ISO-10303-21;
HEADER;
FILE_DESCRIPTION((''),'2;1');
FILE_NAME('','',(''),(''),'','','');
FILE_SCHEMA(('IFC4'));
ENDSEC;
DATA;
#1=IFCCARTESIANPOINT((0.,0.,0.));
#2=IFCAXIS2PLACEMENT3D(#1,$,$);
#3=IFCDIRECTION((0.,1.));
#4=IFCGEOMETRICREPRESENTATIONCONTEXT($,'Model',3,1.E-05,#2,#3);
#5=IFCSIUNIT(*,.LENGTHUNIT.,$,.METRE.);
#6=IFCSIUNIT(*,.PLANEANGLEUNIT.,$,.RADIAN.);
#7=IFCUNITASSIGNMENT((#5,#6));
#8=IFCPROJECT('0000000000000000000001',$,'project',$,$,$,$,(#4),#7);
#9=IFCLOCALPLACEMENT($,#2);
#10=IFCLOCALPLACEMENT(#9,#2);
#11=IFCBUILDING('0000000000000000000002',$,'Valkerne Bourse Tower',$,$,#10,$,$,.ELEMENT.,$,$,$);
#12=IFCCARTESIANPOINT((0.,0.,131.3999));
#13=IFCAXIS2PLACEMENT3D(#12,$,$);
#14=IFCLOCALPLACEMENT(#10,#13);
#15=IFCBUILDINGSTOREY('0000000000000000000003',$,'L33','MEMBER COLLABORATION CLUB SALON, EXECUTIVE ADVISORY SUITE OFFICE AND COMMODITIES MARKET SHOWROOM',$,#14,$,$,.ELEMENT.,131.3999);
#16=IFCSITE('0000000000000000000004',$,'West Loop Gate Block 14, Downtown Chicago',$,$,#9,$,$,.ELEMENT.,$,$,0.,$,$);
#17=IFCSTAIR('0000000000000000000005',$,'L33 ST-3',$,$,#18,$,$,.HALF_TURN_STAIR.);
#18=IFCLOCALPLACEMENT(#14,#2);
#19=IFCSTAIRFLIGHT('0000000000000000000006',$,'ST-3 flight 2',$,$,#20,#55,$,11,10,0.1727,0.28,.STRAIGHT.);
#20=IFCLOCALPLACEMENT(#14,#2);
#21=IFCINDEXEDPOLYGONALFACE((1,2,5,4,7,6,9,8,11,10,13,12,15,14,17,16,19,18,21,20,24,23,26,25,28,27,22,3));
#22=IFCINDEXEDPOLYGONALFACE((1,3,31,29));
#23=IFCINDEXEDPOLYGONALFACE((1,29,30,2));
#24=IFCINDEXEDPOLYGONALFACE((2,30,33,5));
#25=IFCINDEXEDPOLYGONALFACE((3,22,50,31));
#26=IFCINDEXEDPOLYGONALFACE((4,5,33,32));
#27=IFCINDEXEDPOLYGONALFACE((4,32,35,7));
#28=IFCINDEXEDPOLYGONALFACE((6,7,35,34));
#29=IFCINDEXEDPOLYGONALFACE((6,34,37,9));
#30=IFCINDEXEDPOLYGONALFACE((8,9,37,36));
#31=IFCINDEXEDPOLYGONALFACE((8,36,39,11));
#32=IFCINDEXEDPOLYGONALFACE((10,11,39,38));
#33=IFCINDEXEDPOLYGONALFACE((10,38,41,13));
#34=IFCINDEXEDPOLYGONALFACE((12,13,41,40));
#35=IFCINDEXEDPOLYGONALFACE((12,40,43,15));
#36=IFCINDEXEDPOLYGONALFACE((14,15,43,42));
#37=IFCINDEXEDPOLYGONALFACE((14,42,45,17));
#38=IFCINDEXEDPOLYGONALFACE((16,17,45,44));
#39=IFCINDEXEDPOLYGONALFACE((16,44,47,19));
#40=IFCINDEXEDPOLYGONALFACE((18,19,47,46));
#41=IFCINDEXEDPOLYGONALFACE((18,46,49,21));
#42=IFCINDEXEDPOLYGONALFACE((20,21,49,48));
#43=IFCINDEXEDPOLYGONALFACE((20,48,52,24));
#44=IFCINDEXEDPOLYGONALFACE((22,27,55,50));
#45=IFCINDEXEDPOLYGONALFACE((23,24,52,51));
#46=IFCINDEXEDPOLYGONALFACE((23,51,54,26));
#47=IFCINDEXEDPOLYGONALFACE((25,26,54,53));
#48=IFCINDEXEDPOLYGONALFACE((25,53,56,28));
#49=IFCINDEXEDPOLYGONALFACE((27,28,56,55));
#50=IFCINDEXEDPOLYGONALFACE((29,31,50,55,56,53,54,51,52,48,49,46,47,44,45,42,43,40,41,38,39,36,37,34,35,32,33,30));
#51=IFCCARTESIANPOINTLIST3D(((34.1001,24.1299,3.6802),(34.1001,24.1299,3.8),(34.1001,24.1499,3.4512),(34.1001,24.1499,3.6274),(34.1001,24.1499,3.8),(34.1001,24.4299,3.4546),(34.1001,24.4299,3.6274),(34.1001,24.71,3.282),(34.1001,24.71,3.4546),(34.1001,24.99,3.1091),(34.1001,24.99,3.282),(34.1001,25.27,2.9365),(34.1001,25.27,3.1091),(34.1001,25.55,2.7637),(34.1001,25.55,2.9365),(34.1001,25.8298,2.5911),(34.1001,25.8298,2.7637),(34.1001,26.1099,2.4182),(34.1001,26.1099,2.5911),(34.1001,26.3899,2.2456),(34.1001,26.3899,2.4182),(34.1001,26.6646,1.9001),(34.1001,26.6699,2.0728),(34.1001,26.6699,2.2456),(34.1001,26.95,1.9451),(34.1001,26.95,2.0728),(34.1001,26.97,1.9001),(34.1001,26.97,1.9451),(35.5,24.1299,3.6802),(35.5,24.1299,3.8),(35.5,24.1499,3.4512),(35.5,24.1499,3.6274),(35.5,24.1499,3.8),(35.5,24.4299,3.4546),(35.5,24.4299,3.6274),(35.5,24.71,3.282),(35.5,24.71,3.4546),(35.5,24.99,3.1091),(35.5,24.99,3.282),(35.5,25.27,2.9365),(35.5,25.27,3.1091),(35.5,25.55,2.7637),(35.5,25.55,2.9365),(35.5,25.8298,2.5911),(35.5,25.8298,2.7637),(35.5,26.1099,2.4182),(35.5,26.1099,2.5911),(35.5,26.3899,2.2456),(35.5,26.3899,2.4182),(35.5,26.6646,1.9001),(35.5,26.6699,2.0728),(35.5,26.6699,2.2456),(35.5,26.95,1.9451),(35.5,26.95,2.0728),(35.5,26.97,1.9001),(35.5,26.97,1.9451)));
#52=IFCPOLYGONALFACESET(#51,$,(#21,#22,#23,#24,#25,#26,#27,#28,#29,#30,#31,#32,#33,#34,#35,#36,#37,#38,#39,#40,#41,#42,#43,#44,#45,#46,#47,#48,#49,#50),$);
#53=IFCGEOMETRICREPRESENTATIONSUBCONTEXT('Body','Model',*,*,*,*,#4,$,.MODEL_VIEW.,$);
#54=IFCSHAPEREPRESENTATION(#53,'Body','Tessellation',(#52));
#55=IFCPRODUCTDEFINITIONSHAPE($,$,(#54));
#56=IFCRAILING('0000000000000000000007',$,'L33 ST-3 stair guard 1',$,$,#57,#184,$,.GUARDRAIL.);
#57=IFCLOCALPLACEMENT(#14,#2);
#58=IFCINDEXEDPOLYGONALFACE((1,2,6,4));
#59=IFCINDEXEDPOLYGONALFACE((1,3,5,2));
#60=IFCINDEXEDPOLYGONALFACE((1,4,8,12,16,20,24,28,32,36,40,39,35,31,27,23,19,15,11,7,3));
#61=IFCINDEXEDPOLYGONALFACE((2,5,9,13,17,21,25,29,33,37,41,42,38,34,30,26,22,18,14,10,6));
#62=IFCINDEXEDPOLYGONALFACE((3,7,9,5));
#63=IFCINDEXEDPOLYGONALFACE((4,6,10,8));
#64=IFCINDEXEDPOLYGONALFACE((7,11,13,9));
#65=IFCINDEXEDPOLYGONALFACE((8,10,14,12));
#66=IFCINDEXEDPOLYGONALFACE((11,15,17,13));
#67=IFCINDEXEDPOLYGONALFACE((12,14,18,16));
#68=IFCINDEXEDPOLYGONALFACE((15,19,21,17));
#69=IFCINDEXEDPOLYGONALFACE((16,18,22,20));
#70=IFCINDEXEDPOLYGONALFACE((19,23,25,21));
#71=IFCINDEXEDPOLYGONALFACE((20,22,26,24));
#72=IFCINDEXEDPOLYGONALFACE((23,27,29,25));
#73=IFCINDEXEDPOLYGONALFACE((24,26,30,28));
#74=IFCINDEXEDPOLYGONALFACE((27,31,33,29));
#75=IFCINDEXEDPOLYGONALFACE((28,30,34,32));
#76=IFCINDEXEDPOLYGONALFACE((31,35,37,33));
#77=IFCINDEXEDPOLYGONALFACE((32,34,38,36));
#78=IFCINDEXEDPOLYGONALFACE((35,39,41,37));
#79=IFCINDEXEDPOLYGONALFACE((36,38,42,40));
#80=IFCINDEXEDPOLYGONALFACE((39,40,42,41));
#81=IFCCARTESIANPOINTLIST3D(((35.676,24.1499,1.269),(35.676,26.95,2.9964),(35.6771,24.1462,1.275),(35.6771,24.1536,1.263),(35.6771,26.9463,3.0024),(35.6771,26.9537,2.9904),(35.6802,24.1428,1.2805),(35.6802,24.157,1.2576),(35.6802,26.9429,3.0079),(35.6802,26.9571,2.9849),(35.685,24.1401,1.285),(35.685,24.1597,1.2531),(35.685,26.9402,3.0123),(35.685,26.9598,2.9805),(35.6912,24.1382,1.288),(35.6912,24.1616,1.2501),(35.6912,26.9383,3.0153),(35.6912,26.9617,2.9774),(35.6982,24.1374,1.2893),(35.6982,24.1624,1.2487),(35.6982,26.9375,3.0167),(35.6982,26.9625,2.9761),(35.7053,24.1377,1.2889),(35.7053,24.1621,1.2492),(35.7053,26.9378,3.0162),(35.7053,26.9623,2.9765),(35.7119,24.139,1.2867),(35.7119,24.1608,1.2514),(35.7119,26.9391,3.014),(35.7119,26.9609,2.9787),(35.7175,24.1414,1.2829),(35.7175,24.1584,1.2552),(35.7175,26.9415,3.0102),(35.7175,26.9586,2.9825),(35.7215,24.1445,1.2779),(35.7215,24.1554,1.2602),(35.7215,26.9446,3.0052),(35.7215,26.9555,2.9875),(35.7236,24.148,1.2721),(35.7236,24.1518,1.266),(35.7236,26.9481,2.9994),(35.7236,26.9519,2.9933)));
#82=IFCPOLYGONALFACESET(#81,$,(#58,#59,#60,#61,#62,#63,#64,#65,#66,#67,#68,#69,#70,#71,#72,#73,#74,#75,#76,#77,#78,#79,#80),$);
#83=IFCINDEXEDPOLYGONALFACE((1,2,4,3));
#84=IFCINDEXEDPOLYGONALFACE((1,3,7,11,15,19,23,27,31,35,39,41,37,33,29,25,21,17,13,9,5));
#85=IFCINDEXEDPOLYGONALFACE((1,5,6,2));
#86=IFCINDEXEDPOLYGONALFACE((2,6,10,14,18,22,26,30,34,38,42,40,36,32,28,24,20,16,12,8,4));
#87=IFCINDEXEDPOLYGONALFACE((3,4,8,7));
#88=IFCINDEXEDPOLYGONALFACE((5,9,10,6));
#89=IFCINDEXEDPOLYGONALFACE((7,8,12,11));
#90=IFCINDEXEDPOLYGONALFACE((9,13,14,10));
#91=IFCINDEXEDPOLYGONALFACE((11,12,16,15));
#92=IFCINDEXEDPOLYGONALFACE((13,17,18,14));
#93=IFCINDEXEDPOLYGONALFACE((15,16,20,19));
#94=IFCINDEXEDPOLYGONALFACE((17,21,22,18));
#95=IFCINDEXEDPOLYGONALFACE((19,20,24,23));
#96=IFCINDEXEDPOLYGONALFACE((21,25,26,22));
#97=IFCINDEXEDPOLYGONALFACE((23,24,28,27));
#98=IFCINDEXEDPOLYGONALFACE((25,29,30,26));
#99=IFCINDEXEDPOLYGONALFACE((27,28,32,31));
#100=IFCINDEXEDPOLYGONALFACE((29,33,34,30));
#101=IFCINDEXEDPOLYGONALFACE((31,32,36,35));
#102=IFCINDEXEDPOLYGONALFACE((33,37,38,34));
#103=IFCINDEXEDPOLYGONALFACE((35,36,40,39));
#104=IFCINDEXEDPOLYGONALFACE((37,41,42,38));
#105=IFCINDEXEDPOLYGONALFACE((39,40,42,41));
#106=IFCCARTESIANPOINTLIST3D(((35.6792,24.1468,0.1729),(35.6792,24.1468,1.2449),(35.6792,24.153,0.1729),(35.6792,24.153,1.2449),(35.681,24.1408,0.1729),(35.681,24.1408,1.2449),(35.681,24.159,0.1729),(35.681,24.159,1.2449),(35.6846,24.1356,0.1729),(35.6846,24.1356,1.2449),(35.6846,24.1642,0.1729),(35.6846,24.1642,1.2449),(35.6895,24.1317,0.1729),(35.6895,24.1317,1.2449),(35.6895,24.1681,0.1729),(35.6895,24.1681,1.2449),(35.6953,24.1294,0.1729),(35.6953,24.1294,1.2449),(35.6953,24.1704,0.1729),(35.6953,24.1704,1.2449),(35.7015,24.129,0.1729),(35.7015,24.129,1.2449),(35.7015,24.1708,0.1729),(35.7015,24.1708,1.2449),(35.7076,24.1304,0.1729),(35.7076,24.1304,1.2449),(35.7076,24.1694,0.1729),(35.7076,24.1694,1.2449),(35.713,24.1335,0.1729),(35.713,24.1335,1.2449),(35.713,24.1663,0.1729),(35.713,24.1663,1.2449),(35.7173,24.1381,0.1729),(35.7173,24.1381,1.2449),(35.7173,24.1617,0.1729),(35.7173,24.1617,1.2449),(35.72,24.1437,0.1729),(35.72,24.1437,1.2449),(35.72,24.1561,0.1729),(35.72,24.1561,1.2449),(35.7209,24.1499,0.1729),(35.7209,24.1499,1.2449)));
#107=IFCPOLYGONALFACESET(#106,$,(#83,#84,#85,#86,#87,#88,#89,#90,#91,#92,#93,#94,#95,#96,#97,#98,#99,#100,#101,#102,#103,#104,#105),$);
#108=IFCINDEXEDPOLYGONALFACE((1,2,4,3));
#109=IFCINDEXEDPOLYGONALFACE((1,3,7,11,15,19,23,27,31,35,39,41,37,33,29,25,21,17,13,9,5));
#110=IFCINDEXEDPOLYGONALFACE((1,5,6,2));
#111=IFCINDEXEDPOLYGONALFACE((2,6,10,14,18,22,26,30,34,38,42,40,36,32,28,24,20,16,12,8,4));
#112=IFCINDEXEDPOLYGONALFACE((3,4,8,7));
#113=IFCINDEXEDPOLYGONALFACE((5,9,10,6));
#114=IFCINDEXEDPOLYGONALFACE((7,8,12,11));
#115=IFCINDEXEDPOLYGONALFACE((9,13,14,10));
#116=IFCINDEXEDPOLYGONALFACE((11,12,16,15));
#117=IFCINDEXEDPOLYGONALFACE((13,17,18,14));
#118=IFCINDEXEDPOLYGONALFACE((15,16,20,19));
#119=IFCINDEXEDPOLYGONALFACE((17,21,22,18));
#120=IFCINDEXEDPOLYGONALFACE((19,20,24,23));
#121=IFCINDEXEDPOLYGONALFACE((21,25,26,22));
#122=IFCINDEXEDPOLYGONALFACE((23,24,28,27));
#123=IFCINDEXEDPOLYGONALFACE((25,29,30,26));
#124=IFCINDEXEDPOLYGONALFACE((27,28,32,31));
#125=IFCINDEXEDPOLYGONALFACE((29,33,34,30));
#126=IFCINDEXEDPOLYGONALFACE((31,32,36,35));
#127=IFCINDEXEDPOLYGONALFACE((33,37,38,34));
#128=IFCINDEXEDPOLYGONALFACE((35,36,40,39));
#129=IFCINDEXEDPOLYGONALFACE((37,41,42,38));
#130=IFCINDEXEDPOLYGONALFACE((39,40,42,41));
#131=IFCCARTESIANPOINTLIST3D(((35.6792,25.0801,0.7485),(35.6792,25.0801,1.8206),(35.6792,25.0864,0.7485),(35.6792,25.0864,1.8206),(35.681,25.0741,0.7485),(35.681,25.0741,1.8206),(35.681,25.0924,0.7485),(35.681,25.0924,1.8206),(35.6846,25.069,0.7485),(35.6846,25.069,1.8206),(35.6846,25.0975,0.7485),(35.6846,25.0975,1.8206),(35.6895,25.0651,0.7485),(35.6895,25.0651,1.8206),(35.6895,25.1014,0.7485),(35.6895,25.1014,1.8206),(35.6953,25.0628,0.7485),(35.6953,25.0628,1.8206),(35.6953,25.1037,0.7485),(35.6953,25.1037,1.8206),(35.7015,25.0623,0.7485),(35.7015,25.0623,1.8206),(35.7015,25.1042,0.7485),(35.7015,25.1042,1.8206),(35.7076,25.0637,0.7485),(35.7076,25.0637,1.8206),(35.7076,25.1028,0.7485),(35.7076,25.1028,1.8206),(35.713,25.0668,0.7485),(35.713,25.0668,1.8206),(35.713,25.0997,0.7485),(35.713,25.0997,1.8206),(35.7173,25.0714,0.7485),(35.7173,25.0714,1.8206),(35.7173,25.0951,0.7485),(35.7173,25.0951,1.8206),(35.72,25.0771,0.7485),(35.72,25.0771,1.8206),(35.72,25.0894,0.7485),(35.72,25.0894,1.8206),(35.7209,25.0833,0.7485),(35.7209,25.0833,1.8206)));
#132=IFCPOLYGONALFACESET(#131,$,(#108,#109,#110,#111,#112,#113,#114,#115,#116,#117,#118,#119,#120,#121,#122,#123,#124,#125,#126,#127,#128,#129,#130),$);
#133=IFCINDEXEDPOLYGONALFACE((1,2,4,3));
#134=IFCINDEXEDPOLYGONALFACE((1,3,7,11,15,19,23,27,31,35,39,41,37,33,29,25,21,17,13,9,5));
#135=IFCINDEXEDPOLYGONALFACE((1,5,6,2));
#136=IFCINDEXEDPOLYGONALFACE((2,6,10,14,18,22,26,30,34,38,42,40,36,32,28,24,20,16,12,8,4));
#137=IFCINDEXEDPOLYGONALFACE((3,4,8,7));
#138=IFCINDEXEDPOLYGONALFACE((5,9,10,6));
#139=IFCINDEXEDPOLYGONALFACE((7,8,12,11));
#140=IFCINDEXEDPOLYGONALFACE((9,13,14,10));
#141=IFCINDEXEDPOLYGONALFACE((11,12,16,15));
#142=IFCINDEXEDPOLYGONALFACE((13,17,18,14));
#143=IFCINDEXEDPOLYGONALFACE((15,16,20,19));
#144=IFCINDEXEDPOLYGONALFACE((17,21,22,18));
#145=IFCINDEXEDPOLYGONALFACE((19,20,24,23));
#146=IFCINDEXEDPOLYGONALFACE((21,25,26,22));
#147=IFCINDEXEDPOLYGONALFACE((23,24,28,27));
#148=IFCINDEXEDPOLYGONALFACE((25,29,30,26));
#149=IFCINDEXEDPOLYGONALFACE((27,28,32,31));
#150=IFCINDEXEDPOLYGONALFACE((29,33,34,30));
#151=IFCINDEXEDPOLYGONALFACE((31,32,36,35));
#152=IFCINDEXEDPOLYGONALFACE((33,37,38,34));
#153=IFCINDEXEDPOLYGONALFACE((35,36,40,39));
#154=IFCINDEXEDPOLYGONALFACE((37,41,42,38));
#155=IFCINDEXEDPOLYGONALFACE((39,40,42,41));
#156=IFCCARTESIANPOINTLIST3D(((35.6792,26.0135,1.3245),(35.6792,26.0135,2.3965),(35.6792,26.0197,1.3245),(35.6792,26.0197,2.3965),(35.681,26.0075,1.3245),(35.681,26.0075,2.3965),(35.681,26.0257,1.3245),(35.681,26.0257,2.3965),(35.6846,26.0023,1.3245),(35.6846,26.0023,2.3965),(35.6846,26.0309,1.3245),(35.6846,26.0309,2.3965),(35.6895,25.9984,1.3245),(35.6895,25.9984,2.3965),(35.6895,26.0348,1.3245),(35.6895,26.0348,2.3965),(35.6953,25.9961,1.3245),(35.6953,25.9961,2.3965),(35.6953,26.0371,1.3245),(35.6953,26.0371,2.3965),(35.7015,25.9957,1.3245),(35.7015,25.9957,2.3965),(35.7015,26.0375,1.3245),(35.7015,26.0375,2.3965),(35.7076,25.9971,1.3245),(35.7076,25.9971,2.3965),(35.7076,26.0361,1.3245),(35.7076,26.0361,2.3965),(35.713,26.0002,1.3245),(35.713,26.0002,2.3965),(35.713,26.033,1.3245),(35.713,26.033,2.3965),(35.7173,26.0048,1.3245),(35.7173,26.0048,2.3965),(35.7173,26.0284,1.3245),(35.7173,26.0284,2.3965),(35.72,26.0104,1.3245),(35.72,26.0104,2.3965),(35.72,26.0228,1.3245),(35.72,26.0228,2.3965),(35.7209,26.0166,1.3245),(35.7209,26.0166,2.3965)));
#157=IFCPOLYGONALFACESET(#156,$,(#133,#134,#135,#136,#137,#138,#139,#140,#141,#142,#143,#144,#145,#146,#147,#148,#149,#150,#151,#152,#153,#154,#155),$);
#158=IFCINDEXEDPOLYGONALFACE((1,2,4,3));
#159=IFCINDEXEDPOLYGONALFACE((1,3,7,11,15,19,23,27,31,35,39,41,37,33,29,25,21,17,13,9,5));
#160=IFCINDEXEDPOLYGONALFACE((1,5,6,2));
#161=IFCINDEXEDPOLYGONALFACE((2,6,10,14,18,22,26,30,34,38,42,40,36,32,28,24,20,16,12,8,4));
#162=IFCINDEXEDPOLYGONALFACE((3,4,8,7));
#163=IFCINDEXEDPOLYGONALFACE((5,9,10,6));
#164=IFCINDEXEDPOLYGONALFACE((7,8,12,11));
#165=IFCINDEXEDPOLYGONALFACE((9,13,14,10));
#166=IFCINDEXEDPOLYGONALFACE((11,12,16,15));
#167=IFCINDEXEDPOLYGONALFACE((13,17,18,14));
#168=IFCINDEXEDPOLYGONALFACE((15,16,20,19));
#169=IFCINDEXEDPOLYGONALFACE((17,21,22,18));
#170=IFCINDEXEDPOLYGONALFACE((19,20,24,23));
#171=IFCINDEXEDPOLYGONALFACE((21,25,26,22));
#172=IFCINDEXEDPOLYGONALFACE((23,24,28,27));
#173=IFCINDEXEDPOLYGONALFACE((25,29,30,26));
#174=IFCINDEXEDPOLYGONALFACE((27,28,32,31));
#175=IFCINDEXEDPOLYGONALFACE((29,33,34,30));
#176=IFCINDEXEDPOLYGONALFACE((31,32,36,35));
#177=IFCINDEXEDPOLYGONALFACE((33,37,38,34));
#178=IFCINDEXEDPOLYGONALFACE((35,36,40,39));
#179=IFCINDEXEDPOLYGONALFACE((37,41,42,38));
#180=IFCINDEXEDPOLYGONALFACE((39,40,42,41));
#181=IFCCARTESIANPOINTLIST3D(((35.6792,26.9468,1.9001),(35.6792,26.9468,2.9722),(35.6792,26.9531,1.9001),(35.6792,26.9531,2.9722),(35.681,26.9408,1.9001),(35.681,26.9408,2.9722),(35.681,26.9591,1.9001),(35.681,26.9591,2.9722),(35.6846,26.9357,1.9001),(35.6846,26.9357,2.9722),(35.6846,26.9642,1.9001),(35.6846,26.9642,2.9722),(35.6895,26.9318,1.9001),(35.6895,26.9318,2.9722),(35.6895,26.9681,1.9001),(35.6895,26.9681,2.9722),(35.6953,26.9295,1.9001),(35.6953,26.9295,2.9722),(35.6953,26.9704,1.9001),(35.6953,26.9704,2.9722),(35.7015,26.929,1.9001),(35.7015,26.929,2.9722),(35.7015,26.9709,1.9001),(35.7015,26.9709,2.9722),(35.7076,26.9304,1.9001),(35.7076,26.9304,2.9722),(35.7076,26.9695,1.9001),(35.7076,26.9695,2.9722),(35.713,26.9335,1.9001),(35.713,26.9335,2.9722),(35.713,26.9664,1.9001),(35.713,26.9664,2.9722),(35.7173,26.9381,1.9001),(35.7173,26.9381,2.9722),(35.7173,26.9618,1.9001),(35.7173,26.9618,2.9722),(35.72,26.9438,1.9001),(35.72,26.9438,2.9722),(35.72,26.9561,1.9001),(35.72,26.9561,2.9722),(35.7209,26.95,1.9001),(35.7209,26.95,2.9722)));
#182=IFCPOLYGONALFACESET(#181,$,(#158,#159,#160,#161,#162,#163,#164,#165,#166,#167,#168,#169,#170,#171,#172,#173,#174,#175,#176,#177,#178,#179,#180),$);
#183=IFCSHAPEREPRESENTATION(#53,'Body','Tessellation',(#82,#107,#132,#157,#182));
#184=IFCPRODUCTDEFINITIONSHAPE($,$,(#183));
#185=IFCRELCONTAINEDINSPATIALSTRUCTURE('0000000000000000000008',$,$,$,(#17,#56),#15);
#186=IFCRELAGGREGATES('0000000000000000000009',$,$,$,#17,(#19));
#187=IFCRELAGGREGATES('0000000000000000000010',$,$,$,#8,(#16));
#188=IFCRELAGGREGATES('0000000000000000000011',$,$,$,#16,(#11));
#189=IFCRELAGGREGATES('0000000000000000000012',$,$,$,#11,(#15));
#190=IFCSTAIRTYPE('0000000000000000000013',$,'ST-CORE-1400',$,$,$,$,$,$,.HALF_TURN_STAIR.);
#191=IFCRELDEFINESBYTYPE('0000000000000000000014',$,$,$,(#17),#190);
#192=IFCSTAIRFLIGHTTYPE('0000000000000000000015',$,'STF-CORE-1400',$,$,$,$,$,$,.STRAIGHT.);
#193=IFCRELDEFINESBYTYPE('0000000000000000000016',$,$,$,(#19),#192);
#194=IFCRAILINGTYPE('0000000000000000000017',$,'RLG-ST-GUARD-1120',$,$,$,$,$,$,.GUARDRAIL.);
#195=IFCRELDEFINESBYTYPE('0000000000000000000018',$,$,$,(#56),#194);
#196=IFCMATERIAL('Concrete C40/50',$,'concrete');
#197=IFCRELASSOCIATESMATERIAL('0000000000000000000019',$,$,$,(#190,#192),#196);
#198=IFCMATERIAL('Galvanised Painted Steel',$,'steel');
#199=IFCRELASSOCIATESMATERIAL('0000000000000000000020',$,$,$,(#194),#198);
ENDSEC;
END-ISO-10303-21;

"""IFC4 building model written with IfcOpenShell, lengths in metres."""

from ifc_helpers import new_model, si_unit, direction, frame, origin, origin_2d, place, context, subcontext, project, spatial, polyline, circle, outline, extrude, material, type_object, element, aggregate, save


model = new_model("IFC4")

# Units and contexts
model_context = context("Model", 3, precision=1e-05, world=origin(), true_north=direction((0.0, 1.0)))
body_context = subcontext(model_context, "Body", "Model", "MODEL_VIEW")
ifc_project = project(units=[si_unit("LENGTHUNIT", "METRE"), si_unit("PLANEANGLEUNIT", "RADIAN")], contexts=[model_context])

# Site, building, storey
site_placement = place(None, origin())
site = spatial("IfcSite", under=ifc_project, at=site_placement, Name="West Loop Gate Block 14, Downtown Chicago", CompositionType="ELEMENT", RefElevation=0.0)
building_placement = place(site_placement, origin())
building = spatial("IfcBuilding", under=site, at=building_placement, Name="Valkerne Bourse Tower", CompositionType="ELEMENT")
storey_placement = place(building_placement, frame((0.0, 0.0, 131.3999)))
storey = spatial("IfcBuildingStorey", under=building, at=storey_placement, Name="L33", Description="MEMBER COLLABORATION CLUB SALON, EXECUTIVE ADVISORY SUITE OFFICE AND COMMODITIES MARKET SHOWROOM", CompositionType="ELEMENT", Elevation=131.3999)

# Shared definitions
ifc_material_1 = material(Name="Concrete C40/50", Category="concrete")
ifc_material_2 = material(Name="Galvanised Painted Steel", Category="steel")

# Stair, stair flight
stair_type = type_object("IfcStairType", Name="ST-CORE-1400", PredefinedType="HALF_TURN_STAIR", material=ifc_material_1)
stair_placement = place(storey_placement, origin())
stair = element("IfcStair", 1, at=stair_placement, inside=storey, type_object=stair_type, Name="L33 ST-3", PredefinedType="HALF_TURN_STAIR")
stair_flight_type = type_object("IfcStairFlightType", Name="STF-CORE-1400", PredefinedType="STRAIGHT", material=ifc_material_1)
stair_flight_1_placement = place(storey_placement, frame((34.8, 26.95, 1.9001), z_axis=(0.0, 0.0, 1.0), x_axis=(0.0, -1.0, 0.0)))
stair_flight_1 = element("IfcStairFlight", 2, at=stair_flight_1_placement, type_object=stair_flight_type, Name="ST-3 flight 2", NumberOfRisers=11, NumberOfTreads=10, PredefinedType="STRAIGHT", RiserHeight=0.1727, TreadLength=0.28, context=body_context, shape_type="SweptSolid", body=[
    extrude(outline(polyline([(-0.02, 0.0), (-0.02, 0.0449), (0.0, 0.0449), (0.0, 0.1726), (0.28, 0.1726), (0.28, 0.3455), (0.5601, 0.3455), (0.5601, 0.5181), (0.8401, 0.5181), (0.8401, 0.6909), (1.1201, 0.6909), (1.1201, 0.8635), (1.3999, 0.8635), (1.3999, 1.0364), (1.6799, 1.0364), (1.6799, 1.209), (1.96, 1.209), (1.96, 1.3818), (2.24, 1.3818), (2.24, 1.5544), (2.52, 1.5544), (2.52, 1.7273), (2.8, 1.7273), (2.8, 1.8999), (2.8201, 1.8999), (2.8201, 1.78), (2.8, 1.551), (0.2854, 0.0), (-0.02, 0.0)])), frame((0.0, 0.7, 0.0), z_axis=(0.0, -1.0, 0.0), x_axis=(1.0, 0.0, 0.0)), (0.0, 0.0, 1.0), 1.3999),
])
aggregate(stair, [stair_flight_1])

# Railing
railing_type_1 = type_object("IfcRailingType", Name="RLG-ST-GUARD-1120", PredefinedType="GUARDRAIL", material=ifc_material_2)
railing_1_placement = place(storey_placement, frame((35.7, 24.1499, 0.1729)))
element("IfcRailing", 3, at=railing_1_placement, inside=storey, type_object=railing_type_1, Name="L33 ST-3 stair guard 1", PredefinedType="GUARDRAIL", context=body_context, shape_type="SweptSolid", body=[
    extrude(circle(Radius=0.0239, at=origin_2d()), frame((0.0, 0.0, 1.0962), z_axis=(0.0, 0.85109, 0.52502), x_axis=(-1.0, 0.0, 0.0)), (0.0, 0.0, 1.0), 3.29),
    extrude(circle(Radius=0.021, at=origin_2d()), origin(), (0.0, 0.0, 1.0), 1.072),
    extrude(circle(Radius=0.021, at=origin_2d()), frame((0.0, 0.9333, 0.5757)), (0.0, 0.0, 1.0), 1.072),
    extrude(circle(Radius=0.021, at=origin_2d()), frame((0.0, 1.8667, 1.1516)), (0.0, 0.0, 1.0), 1.072),
    extrude(circle(Radius=0.021, at=origin_2d()), frame((0.0, 2.8, 1.7273)), (0.0, 0.0, 1.0), 1.072),
])

save(model, "model.ifc")
